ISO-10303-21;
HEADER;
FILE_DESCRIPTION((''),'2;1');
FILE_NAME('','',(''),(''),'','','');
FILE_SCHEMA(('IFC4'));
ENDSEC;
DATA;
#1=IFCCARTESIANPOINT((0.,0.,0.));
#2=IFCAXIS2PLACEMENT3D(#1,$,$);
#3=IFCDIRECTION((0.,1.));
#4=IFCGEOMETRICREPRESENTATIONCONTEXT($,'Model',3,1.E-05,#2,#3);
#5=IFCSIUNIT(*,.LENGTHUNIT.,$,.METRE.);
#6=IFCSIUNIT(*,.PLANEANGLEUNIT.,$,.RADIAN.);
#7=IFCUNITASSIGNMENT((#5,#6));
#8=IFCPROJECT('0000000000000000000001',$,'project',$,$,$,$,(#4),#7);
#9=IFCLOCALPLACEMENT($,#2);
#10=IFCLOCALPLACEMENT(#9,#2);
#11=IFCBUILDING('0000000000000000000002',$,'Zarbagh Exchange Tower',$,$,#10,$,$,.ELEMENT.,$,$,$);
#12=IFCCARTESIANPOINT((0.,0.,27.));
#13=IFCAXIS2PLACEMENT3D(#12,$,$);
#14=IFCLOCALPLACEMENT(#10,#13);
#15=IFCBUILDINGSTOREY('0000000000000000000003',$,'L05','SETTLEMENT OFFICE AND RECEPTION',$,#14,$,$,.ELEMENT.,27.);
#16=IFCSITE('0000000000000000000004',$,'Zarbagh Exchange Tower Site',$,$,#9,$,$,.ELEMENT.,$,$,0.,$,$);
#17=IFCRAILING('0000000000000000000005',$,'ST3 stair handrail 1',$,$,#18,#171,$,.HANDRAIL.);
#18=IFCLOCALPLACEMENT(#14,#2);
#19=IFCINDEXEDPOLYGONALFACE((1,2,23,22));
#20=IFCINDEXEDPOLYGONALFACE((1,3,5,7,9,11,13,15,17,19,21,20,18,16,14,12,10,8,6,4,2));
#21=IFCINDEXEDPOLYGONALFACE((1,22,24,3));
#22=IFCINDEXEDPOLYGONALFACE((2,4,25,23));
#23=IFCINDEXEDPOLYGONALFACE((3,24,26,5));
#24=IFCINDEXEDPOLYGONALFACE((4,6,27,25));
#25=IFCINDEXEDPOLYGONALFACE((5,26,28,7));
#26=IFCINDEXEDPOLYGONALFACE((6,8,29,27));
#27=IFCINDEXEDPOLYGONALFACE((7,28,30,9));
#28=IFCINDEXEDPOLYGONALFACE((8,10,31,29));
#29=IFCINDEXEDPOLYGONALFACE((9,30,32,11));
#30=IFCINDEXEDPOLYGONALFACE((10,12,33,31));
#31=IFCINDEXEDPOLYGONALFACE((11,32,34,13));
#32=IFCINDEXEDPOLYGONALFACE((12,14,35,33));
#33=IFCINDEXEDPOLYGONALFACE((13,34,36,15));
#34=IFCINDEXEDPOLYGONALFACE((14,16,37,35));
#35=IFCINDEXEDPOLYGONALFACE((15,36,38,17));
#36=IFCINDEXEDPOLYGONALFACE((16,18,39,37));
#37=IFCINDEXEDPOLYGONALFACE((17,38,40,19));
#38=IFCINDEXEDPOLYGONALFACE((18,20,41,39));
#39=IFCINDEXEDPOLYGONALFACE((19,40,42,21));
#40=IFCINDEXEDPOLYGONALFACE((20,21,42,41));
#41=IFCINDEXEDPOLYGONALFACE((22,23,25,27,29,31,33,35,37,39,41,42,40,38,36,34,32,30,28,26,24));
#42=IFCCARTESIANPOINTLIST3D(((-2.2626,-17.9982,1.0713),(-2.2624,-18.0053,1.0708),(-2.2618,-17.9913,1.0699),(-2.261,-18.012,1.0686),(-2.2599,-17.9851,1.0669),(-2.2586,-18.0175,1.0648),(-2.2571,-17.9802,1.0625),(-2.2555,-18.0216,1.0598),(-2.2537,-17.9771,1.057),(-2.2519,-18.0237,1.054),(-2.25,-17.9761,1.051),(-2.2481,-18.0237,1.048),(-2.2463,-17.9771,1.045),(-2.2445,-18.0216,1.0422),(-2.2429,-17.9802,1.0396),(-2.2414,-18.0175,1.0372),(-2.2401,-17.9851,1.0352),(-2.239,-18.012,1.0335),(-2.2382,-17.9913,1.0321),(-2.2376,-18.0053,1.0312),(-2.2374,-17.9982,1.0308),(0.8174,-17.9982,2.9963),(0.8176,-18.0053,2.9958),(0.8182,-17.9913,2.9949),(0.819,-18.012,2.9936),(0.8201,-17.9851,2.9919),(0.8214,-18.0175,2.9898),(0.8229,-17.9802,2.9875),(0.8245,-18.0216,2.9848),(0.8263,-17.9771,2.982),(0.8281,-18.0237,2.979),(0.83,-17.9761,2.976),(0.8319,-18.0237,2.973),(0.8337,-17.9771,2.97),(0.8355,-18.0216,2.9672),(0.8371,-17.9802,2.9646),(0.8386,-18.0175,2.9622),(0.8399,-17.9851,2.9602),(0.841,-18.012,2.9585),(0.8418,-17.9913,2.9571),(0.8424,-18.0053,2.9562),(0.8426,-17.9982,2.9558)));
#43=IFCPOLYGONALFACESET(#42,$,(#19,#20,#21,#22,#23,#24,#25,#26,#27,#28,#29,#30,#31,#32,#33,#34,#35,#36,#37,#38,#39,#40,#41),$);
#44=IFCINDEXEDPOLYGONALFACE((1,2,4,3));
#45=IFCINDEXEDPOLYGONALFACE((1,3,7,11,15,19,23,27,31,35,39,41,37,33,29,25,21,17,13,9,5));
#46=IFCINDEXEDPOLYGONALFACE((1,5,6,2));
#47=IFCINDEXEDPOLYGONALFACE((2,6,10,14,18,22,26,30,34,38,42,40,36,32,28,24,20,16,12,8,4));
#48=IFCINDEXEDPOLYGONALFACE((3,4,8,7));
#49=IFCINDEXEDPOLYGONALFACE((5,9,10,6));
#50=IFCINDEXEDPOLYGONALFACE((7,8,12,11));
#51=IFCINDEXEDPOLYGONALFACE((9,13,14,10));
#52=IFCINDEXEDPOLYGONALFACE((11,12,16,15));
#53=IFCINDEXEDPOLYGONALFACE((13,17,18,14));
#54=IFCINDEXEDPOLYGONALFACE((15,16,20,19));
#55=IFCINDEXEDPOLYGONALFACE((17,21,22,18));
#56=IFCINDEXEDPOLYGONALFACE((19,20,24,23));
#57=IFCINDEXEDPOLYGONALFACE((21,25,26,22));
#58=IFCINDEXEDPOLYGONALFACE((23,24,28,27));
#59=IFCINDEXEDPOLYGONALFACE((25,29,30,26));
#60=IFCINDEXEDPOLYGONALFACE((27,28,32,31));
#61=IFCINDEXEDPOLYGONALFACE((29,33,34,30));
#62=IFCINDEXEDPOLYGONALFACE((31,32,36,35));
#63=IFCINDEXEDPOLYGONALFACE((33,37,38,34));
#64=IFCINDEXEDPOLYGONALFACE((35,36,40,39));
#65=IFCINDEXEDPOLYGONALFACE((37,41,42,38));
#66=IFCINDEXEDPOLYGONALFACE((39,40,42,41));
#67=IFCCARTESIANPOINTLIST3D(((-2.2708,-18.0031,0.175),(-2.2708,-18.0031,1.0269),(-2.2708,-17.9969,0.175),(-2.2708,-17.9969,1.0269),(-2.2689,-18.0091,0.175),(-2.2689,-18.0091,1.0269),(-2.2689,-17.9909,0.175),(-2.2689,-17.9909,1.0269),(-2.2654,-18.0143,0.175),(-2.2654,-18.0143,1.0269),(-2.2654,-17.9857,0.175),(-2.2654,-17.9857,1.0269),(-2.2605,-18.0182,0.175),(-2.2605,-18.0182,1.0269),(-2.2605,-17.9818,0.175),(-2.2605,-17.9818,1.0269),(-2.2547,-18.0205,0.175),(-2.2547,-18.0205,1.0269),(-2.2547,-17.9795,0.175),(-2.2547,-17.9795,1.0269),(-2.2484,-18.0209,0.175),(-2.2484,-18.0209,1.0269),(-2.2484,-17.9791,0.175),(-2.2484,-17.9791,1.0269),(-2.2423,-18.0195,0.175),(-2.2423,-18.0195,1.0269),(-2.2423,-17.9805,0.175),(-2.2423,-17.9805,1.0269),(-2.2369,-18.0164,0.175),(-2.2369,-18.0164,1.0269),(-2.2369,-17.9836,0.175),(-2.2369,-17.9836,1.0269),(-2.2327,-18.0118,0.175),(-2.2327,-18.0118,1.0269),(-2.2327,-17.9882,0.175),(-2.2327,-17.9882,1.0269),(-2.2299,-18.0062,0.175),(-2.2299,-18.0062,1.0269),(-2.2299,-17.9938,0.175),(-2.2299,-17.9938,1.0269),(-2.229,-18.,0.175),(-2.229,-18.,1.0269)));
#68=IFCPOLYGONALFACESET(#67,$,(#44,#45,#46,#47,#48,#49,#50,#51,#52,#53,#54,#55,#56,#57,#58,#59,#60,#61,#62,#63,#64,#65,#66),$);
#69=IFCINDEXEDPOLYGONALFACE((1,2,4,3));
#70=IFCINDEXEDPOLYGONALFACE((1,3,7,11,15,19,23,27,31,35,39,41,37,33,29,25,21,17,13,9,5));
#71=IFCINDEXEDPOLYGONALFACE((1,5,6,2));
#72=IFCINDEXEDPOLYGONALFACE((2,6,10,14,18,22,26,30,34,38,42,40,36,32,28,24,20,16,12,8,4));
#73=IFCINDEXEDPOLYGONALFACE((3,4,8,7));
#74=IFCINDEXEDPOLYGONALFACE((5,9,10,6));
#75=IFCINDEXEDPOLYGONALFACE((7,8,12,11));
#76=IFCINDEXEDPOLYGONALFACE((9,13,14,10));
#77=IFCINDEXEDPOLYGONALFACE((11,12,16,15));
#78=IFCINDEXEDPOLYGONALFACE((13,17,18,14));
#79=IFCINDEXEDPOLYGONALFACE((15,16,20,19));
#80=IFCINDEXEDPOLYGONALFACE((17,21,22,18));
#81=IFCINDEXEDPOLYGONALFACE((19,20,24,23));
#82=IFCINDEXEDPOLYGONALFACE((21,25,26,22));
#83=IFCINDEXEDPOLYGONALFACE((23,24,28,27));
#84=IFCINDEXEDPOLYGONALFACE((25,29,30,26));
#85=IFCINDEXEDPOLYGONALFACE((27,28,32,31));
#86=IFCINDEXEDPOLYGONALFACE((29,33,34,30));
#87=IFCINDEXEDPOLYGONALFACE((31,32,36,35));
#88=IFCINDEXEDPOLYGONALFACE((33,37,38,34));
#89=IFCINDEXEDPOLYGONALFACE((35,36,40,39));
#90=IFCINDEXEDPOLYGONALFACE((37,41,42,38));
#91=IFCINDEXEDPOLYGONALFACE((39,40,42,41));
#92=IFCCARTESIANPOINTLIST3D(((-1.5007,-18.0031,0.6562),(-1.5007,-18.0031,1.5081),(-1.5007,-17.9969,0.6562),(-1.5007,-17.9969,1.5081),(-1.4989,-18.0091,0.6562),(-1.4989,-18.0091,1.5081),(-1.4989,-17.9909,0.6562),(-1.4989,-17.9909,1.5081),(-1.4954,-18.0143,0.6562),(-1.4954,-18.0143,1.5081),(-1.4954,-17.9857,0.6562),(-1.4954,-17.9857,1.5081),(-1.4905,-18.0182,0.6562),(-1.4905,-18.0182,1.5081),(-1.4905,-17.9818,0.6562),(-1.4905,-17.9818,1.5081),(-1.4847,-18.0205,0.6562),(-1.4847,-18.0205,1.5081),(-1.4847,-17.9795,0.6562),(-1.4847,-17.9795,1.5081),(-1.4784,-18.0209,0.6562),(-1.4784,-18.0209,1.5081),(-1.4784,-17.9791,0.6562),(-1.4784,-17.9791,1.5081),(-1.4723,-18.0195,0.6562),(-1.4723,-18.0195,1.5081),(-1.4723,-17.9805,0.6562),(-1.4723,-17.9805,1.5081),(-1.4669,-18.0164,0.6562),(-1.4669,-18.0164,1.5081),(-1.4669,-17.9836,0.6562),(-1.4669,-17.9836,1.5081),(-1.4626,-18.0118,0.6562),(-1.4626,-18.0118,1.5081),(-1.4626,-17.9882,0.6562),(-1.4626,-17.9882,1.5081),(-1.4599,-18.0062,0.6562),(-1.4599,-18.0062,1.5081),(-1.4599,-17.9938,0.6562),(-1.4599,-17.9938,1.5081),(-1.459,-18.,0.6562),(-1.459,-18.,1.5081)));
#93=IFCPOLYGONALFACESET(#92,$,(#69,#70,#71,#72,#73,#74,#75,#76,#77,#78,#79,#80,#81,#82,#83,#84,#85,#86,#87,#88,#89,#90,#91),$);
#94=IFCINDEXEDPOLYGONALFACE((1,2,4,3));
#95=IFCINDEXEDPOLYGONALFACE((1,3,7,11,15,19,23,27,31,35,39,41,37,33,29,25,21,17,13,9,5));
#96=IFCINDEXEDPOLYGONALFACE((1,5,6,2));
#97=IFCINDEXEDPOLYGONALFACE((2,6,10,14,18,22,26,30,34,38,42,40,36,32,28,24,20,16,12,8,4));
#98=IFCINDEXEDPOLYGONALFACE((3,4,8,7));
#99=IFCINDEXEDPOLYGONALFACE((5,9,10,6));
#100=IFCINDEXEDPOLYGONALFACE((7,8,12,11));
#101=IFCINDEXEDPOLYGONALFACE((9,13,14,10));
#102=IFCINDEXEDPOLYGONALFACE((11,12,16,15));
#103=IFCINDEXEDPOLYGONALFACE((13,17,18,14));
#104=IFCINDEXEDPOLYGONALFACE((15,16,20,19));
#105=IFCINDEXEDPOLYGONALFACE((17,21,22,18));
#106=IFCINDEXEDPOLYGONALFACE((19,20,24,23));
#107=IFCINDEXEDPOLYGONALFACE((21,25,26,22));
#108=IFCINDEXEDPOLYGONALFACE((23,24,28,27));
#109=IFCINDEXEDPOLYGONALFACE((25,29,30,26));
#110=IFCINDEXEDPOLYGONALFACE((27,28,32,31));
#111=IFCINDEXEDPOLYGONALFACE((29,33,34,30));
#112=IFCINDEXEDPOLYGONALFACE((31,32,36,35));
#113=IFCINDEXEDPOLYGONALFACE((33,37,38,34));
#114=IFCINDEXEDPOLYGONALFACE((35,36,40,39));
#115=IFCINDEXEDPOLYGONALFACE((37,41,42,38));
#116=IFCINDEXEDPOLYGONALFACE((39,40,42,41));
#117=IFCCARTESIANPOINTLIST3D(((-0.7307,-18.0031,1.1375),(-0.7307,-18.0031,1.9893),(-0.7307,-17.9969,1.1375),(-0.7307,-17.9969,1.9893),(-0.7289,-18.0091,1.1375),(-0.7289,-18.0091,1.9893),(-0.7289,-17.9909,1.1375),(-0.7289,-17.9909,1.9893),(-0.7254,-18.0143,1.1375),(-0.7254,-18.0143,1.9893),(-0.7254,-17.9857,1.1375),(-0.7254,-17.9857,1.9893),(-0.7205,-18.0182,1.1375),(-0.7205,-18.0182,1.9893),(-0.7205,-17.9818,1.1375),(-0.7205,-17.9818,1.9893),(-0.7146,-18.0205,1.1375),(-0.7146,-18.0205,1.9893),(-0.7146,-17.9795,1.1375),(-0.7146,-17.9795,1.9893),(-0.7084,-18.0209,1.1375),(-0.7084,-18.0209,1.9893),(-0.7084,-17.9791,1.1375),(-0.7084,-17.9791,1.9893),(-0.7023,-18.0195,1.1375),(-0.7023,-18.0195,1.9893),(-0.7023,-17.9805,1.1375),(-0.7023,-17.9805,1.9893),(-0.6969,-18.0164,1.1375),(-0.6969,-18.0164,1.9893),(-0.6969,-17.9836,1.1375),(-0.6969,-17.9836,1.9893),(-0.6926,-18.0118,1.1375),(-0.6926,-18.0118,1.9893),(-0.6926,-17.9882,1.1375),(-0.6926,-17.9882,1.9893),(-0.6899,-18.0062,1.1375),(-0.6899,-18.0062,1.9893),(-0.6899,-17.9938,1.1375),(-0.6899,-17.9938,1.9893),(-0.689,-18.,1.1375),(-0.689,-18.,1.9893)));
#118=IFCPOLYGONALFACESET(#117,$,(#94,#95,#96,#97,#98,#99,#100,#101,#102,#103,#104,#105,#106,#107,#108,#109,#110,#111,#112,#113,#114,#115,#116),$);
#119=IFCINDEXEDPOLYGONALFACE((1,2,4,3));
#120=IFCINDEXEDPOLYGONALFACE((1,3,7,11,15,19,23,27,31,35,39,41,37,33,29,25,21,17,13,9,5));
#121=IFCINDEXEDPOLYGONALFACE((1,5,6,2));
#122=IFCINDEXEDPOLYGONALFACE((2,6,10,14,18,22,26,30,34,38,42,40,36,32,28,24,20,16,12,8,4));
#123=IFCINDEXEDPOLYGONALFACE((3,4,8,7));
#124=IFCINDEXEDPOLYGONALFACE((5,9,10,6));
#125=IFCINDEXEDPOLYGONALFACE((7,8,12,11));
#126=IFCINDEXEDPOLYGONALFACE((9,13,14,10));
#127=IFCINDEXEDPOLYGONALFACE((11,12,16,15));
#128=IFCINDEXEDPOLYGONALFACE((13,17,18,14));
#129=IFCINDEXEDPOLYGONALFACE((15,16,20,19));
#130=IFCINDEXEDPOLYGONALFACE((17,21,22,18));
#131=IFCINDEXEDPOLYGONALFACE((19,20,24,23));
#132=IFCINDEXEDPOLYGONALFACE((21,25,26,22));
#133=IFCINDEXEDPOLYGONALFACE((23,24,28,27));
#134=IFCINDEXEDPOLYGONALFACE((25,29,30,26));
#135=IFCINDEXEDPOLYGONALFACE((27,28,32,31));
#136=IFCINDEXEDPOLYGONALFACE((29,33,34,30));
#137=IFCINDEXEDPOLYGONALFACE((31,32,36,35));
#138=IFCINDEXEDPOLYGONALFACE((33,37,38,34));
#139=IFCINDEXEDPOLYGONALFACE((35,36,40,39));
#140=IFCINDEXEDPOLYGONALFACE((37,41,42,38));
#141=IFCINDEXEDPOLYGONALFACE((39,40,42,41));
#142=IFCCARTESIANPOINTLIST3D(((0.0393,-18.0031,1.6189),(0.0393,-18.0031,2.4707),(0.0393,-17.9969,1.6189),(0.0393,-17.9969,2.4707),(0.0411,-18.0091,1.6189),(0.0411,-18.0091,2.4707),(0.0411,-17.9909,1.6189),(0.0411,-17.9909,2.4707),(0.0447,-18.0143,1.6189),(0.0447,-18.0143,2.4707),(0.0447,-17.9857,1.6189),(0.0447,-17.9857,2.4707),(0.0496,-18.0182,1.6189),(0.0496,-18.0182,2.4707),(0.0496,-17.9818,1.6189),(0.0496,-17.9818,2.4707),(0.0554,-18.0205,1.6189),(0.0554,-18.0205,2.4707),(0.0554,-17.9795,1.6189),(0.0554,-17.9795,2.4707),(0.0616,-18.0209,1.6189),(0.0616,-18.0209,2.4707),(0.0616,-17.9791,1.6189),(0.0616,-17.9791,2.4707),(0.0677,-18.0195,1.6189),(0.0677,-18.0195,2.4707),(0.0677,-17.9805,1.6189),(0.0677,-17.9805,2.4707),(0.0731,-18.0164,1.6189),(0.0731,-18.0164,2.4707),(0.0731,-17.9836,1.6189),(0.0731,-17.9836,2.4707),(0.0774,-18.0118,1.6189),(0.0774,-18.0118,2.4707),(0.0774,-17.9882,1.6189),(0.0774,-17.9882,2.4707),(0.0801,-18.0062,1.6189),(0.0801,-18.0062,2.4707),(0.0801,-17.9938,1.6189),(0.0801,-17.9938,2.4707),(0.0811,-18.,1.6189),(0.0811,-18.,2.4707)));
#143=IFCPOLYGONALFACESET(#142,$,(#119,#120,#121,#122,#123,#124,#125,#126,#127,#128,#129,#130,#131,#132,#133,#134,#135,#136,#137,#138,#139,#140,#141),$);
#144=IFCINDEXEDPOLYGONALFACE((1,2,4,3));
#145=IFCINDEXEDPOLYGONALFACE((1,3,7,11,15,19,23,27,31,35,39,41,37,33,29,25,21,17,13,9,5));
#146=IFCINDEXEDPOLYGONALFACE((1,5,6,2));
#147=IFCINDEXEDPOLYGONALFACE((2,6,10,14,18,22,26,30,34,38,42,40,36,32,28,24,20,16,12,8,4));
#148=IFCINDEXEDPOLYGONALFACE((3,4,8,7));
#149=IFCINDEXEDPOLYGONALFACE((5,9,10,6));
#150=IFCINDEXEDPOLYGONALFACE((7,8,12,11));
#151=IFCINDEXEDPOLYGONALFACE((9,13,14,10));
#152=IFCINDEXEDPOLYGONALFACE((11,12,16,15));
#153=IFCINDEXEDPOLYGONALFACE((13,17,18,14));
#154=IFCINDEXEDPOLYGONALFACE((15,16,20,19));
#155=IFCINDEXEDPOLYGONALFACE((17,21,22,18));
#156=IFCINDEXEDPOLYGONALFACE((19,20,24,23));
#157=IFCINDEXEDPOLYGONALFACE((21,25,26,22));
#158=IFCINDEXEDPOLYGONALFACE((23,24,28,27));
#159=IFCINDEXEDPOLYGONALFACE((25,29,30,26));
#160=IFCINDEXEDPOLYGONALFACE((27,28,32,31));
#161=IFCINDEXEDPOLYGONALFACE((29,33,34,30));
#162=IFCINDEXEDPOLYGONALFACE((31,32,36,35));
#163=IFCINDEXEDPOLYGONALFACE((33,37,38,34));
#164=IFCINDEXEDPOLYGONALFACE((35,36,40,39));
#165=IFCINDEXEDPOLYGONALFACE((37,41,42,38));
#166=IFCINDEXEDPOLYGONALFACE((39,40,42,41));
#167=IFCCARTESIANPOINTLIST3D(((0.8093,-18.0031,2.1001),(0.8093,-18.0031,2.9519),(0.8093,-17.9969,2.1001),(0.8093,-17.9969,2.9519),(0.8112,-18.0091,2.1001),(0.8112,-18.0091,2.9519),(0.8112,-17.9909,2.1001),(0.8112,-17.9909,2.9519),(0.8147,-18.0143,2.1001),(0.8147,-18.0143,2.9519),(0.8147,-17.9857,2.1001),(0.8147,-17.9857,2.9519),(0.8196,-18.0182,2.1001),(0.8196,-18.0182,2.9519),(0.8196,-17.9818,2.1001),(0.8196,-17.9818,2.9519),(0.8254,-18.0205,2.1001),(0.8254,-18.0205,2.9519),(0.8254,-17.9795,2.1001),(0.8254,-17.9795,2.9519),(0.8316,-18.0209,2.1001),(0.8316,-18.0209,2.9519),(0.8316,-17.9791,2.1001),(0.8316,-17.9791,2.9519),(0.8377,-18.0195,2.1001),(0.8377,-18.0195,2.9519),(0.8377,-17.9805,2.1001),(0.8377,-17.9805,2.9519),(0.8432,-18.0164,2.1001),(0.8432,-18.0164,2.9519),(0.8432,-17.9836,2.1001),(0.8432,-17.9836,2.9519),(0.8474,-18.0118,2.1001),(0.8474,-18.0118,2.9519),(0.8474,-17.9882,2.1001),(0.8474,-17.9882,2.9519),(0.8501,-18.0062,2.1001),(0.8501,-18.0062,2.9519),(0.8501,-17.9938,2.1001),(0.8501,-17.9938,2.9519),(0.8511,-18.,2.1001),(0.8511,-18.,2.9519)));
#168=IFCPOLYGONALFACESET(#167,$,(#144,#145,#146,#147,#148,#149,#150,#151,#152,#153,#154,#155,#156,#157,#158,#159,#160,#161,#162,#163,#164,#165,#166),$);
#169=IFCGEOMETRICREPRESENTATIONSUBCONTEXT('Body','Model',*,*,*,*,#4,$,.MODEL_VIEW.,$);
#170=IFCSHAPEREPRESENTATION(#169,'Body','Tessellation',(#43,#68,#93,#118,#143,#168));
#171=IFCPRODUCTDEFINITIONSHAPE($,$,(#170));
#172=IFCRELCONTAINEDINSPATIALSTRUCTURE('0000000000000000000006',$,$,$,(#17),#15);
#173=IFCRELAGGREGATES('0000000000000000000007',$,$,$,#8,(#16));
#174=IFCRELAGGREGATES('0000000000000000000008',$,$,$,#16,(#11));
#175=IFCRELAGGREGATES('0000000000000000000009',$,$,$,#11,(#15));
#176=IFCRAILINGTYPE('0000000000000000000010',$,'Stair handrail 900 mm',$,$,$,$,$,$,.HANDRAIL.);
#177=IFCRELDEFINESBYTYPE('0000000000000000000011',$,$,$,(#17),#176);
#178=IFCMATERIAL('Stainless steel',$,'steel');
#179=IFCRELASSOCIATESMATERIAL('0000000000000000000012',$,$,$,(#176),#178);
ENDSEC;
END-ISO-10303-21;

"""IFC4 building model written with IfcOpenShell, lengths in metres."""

from ifc_helpers import new_model, si_unit, direction, frame, origin, origin_2d, place, context, subcontext, project, spatial, circle, extrude, material, type_object, element, save


model = new_model("IFC4")

# Units and contexts
model_context = context("Model", 3, precision=1e-05, world=origin(), true_north=direction((0.0, 1.0)))
body_context = subcontext(model_context, "Body", "Model", "MODEL_VIEW")
ifc_project = project(units=[si_unit("LENGTHUNIT", "METRE"), si_unit("PLANEANGLEUNIT", "RADIAN")], contexts=[model_context])

# Site, building, storey
site_placement = place(None, origin())
site = spatial("IfcSite", under=ifc_project, at=site_placement, Name="Zarbagh Exchange Tower Site", CompositionType="ELEMENT", RefElevation=0.0)
building_placement = place(site_placement, origin())
building = spatial("IfcBuilding", under=site, at=building_placement, Name="Zarbagh Exchange Tower", CompositionType="ELEMENT")
storey_placement = place(building_placement, frame((0.0, 0.0, 27.0)))
storey = spatial("IfcBuildingStorey", under=building, at=storey_placement, Name="L05", Description="SETTLEMENT OFFICE AND RECEPTION", CompositionType="ELEMENT", Elevation=27.0)

# Shared definitions
ifc_material_1 = material(Name="Stainless steel", Category="steel")

# Railing
railing_type_1 = type_object("IfcRailingType", Name="Stair handrail 900 mm", PredefinedType="HANDRAIL", material=ifc_material_1)
for number, where, name in (
    (1, (-2.25, -18.0, 0.175), "ST3 stair handrail 1"),
):
    element("IfcRailing", number, at=place(storey_placement, frame(where)), inside=storey, type_object=railing_type_1, Name=name, PredefinedType="HANDRAIL", context=body_context, shape_type="SweptSolid", body=[
        extrude(circle(Radius=0.0239, at=origin_2d()), frame((0.0, 0.0, 0.876), z_axis=(0.847998, 0.0, 0.529999), x_axis=(0.0, 1.0, 0.0)), (0.0, 0.0, 1.0), 3.6321),
        extrude(circle(Radius=0.021, at=origin_2d()), origin(), (0.0, 0.0, 1.0), 0.8518),
        extrude(circle(Radius=0.021, at=origin_2d()), frame((0.77, 0.0, 0.4812)), (0.0, 0.0, 1.0), 0.8518),
        extrude(circle(Radius=0.021, at=origin_2d()), frame((1.54, 0.0, 0.9624)), (0.0, 0.0, 1.0), 0.8518),
        extrude(circle(Radius=0.021, at=origin_2d()), frame((2.3101, 0.0, 1.4438)), (0.0, 0.0, 1.0), 0.8518),
        extrude(circle(Radius=0.021, at=origin_2d()), frame((3.0801, 0.0, 1.925)), (0.0, 0.0, 1.0), 0.8518),
    ])

save(model, "model.ifc")
